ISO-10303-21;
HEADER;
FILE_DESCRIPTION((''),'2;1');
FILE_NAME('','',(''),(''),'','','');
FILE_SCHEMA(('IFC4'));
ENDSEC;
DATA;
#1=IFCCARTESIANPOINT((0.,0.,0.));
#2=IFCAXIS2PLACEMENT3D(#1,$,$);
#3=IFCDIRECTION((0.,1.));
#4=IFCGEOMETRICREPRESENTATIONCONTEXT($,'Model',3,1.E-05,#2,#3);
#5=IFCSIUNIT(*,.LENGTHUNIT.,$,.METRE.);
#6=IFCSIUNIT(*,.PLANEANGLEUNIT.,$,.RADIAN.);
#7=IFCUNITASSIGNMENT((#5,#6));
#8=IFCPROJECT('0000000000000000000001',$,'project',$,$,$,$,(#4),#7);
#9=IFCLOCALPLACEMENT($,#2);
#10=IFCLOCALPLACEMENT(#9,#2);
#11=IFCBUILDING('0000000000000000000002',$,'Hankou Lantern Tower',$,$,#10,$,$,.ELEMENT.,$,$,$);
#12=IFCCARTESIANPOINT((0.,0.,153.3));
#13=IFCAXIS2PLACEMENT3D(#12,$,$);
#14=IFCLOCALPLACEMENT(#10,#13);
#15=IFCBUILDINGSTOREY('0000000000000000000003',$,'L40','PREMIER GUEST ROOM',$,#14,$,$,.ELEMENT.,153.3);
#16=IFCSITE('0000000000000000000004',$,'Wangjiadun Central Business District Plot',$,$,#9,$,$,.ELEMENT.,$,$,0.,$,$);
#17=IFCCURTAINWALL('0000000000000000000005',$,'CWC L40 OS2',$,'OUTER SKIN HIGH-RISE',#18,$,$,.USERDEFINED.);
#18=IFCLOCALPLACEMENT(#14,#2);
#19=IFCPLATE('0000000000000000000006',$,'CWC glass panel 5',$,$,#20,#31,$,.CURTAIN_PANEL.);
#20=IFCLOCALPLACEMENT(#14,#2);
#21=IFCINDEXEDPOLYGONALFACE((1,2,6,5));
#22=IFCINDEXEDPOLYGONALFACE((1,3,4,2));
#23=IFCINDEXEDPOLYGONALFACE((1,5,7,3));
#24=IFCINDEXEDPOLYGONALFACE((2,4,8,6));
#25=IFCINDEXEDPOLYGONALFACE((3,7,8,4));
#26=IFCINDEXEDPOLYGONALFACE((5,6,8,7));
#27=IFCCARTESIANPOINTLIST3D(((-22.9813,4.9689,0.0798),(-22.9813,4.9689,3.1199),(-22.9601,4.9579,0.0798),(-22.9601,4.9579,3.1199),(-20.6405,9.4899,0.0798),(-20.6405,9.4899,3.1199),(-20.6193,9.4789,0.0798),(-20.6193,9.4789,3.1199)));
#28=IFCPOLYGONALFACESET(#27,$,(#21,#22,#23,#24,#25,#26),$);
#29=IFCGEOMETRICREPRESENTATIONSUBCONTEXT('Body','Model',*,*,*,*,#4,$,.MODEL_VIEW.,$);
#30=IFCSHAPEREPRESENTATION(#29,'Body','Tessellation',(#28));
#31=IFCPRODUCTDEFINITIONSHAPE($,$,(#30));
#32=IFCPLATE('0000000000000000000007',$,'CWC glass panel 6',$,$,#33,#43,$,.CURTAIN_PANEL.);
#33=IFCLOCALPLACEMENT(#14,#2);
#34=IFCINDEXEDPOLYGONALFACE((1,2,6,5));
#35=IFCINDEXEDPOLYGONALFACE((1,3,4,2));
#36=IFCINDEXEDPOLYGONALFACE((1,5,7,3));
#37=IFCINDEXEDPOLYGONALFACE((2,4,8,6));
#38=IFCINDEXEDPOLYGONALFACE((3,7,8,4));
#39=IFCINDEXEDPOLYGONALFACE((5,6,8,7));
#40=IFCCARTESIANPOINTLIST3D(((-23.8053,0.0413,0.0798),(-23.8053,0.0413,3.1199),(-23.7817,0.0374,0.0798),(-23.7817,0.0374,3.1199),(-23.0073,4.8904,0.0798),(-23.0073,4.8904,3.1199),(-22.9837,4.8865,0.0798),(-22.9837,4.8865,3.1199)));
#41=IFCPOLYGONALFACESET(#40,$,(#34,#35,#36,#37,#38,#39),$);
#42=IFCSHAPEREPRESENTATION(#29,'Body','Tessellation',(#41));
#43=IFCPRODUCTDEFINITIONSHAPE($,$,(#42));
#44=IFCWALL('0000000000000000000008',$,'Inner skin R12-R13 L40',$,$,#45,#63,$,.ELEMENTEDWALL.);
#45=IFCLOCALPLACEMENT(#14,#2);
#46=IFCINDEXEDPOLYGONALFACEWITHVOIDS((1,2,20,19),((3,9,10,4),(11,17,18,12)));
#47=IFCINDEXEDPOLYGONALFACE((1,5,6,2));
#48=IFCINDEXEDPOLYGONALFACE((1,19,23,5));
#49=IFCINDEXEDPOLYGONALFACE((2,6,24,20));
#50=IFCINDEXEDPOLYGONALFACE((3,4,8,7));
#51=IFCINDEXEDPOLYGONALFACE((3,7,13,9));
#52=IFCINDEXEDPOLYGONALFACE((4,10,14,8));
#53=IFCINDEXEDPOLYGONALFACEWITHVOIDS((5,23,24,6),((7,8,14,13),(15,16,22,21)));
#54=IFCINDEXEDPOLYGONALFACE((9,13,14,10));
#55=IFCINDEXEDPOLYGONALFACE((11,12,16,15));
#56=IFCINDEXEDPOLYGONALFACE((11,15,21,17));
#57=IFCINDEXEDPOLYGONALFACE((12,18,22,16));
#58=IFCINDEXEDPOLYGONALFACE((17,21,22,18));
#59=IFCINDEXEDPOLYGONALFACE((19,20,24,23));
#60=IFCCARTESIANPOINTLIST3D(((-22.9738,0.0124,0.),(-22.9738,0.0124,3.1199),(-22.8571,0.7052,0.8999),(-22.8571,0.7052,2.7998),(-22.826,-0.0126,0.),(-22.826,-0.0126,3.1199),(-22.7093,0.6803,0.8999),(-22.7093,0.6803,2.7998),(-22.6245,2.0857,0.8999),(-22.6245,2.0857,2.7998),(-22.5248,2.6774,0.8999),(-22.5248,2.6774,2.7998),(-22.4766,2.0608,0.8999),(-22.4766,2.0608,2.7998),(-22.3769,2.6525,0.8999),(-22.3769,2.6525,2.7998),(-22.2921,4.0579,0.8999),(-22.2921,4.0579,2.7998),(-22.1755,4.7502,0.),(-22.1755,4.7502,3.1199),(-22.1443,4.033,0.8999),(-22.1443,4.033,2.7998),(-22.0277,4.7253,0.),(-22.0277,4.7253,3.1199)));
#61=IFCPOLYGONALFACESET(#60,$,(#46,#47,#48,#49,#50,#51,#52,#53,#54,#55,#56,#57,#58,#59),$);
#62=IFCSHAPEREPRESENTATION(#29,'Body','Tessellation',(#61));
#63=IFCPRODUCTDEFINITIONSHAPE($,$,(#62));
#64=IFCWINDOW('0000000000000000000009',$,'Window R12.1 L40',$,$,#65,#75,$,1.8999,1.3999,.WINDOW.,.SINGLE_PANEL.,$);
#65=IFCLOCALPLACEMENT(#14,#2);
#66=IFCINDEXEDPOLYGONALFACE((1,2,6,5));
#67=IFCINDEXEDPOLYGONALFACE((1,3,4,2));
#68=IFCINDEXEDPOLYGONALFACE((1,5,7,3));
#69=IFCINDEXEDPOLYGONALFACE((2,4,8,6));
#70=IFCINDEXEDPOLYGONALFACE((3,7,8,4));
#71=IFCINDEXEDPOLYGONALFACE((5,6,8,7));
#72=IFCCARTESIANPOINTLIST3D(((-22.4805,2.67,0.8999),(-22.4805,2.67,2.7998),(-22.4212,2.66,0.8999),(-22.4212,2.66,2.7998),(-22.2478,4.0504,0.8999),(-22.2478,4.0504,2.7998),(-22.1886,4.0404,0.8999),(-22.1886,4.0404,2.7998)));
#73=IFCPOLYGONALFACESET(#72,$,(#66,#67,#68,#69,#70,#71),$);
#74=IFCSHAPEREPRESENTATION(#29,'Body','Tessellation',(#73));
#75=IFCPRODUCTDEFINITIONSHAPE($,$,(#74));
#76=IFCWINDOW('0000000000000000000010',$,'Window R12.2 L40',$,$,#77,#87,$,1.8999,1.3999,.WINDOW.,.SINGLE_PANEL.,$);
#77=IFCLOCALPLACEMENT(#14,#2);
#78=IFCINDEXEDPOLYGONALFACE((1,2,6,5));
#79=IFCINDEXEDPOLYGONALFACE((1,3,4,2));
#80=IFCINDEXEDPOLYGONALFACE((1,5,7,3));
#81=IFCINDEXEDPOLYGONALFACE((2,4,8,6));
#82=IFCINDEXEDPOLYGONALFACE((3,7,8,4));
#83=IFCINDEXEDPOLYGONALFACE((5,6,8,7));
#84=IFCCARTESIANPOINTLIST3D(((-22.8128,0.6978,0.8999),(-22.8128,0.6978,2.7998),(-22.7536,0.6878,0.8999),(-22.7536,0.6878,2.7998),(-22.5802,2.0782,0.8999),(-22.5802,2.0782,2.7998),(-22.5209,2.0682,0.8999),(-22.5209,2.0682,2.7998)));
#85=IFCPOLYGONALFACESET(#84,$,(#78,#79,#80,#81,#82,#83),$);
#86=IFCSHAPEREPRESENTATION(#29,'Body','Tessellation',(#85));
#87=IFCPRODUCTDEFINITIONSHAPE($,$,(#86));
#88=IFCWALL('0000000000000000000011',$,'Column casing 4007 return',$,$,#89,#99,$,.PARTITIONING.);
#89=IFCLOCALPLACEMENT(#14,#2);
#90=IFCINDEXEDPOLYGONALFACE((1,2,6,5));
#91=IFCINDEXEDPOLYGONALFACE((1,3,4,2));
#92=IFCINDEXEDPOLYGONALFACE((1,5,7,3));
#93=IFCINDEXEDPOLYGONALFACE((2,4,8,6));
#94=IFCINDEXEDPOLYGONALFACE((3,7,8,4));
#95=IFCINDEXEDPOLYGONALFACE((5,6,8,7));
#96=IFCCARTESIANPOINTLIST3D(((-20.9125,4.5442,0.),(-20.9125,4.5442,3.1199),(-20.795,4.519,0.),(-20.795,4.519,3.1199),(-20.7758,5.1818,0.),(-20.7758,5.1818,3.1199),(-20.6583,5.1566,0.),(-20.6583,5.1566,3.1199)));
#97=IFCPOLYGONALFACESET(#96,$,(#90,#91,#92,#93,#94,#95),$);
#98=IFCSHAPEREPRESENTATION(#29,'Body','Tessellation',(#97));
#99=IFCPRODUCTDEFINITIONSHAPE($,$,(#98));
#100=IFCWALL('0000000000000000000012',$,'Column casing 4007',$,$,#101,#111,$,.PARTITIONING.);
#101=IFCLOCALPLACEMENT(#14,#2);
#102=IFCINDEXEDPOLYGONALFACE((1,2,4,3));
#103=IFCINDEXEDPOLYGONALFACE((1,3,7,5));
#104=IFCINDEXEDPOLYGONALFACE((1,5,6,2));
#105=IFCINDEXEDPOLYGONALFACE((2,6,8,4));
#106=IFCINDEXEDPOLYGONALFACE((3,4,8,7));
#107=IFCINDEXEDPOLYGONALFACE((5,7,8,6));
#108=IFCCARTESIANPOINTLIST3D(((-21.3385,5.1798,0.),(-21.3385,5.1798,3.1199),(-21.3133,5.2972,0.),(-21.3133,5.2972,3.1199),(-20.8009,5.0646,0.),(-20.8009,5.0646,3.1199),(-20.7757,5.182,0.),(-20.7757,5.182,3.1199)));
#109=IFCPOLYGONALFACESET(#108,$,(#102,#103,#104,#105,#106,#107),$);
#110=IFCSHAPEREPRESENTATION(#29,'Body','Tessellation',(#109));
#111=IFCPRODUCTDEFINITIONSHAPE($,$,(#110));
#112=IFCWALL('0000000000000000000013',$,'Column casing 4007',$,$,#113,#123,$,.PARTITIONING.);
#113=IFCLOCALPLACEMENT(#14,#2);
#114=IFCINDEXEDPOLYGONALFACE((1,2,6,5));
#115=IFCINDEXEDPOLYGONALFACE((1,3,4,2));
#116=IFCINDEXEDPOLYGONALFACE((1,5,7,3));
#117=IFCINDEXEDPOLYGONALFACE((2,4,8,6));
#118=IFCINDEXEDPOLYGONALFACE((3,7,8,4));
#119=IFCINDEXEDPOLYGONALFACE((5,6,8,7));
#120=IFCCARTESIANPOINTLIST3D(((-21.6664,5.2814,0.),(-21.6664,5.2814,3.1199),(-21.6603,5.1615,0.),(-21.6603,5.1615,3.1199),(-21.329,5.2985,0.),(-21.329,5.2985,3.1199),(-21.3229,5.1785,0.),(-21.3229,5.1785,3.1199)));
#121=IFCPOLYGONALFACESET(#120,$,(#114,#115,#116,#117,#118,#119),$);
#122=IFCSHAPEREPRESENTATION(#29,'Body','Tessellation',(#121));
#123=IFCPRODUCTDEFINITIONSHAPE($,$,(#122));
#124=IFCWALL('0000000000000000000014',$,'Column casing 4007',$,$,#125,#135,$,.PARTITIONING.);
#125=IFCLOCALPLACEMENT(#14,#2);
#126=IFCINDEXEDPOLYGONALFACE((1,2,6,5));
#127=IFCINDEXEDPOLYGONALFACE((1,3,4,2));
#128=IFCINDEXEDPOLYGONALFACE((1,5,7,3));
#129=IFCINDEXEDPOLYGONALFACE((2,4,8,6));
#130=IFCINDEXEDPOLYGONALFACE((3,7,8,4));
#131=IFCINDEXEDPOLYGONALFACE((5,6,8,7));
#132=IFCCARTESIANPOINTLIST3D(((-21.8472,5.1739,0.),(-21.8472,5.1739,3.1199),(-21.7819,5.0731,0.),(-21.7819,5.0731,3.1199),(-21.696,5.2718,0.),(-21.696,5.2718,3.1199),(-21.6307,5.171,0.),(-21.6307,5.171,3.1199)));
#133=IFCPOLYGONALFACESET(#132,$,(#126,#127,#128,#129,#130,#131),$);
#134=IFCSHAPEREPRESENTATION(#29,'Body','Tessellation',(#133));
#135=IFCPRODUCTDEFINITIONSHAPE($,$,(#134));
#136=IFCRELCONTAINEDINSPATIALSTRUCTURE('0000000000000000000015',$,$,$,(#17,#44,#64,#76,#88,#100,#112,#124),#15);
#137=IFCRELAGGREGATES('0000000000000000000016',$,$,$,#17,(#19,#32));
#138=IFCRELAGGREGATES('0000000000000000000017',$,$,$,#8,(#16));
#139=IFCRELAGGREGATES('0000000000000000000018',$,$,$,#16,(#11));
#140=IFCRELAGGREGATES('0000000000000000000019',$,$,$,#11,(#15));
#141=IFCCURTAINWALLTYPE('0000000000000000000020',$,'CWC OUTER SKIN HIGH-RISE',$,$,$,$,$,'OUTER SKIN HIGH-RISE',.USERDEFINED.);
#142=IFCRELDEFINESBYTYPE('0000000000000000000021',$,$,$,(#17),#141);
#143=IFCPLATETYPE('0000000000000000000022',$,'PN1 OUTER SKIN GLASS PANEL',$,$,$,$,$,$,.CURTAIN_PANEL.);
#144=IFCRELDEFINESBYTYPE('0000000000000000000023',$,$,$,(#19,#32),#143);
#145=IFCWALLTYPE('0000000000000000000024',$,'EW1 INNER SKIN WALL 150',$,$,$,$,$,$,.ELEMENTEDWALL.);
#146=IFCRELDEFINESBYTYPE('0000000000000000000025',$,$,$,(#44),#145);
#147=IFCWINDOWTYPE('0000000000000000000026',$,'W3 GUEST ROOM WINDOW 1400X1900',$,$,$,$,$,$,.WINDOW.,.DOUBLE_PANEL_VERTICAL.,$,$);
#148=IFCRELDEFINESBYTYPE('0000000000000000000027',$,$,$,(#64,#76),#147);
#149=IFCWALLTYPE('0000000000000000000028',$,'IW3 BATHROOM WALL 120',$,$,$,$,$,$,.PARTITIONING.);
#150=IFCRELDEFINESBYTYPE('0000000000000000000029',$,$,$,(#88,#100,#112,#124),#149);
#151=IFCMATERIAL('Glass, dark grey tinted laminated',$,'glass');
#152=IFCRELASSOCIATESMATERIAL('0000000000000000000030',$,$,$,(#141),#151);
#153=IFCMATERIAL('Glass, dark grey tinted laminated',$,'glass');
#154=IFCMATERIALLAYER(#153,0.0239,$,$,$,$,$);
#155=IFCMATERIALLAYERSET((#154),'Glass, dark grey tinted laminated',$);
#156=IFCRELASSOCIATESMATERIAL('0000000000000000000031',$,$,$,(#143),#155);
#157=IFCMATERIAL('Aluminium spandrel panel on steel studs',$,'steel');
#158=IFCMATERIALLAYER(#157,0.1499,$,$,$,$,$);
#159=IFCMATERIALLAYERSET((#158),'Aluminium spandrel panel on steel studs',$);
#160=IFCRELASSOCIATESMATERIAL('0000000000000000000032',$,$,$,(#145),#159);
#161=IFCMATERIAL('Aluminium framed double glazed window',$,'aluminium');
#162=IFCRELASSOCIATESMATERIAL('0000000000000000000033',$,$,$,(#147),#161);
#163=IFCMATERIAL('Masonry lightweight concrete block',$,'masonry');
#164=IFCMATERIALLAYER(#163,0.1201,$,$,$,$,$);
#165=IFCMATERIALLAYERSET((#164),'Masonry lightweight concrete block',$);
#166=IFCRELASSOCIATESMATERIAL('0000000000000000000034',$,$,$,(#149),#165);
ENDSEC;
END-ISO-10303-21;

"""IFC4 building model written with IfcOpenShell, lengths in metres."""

from ifc_helpers import new_model, si_unit, direction, frame, frame_2d, origin, origin_2d, place, context, subcontext, project, spatial, rectangle, extrude, material, layer, layer_set, type_object, element, fill, aggregate, save


model = new_model("IFC4")

# Units and contexts
model_context = context("Model", 3, precision=1e-05, world=origin(), true_north=direction((0.0, 1.0)))
body_context = subcontext(model_context, "Body", "Model", "MODEL_VIEW")
ifc_project = project(units=[si_unit("LENGTHUNIT", "METRE"), si_unit("PLANEANGLEUNIT", "RADIAN")], contexts=[model_context])

# Site, building, storey
site_placement = place(None, origin())
site = spatial("IfcSite", under=ifc_project, at=site_placement, Name="Wangjiadun Central Business District Plot", CompositionType="ELEMENT", RefElevation=0.0)
building_placement = place(site_placement, origin())
building = spatial("IfcBuilding", under=site, at=building_placement, Name="Hankou Lantern Tower", CompositionType="ELEMENT")
storey_placement = place(building_placement, frame((0.0, 0.0, 153.3)))
storey = spatial("IfcBuildingStorey", under=building, at=storey_placement, Name="L40", Description="PREMIER GUEST ROOM", CompositionType="ELEMENT", Elevation=153.3)

# Curtain wall
ifc_material_1 = material(Name="Glass, dark grey tinted laminated", Category="glass")
curtain_wall_type = type_object("IfcCurtainWallType", Name="CWC OUTER SKIN HIGH-RISE", ElementType="OUTER SKIN HIGH-RISE", PredefinedType="USERDEFINED", material=ifc_material_1)
curtain_wall_placement = place(storey_placement, origin())
curtain_wall = element("IfcCurtainWall", 1, at=curtain_wall_placement, inside=storey, type_object=curtain_wall_type, Name="CWC L40 OS2", ObjectType="OUTER SKIN HIGH-RISE", PredefinedType="USERDEFINED")

# Plates
ifc_material_2 = material(Name="Glass, dark grey tinted laminated", Category="glass")
ifc_layer_1 = layer(ifc_material_2, 0.0239)
ifc_layer_set_1 = layer_set([ifc_layer_1], Name="Glass, dark grey tinted laminated")
plate_type = type_object("IfcPlateType", Name="PN1 OUTER SKIN GLASS PANEL", PredefinedType="CURTAIN_PANEL", material=ifc_layer_set_1)
plate_1_placement = place(storey_placement, frame((-21.8003, 7.2239, 0.0798), z_axis=(0.0, 0.0, 1.0), x_axis=(-0.459791, -0.888027, 0.0)))
plate_1 = element("IfcPlate", 2, at=plate_1_placement, type_object=plate_type, Name="CWC glass panel 5", PredefinedType="CURTAIN_PANEL", context=body_context, shape_type="SweptSolid", body=[
    extrude(rectangle(XDim=5.0911, YDim=0.0239, at=origin_2d()), origin(), (0.0, 0.0, 1.0), 3.04),
])
plate_2_placement = place(storey_placement, frame((-23.3945, 2.4639, 0.0798), z_axis=(0.0, 0.0, 1.0), x_axis=(-0.162382, -0.986728, 0.0)))
plate_2 = element("IfcPlate", 3, at=plate_2_placement, type_object=plate_type, Name="CWC glass panel 6", PredefinedType="CURTAIN_PANEL", context=body_context, shape_type="SweptSolid", body=[
    extrude(rectangle(XDim=4.9143, YDim=0.0239, at=origin_2d()), origin(), (0.0, 0.0, 1.0), 3.04),
])
aggregate(curtain_wall, [plate_1, plate_2])

# Wall, openings, windows
ifc_material_3 = material(Name="Aluminium spandrel panel on steel studs", Category="steel")
ifc_layer_2 = layer(ifc_material_3, 0.1499)
ifc_layer_set_2 = layer_set([ifc_layer_2], Name="Aluminium spandrel panel on steel studs")
wall_type_1 = type_object("IfcWallType", Name="EW1 INNER SKIN WALL 150", PredefinedType="ELEMENTEDWALL", material=ifc_layer_set_2)
wall_1_placement = place(storey_placement, frame((-22.1016, 4.7378, 0.0), z_axis=(0.0, 0.0, 1.0), x_axis=(-0.166162, -0.986098, 0.0)))
wall_1 = element("IfcWall", 4, at=wall_1_placement, inside=storey, type_object=wall_type_1, Name="Inner skin R12-R13 L40", PredefinedType="ELEMENTEDWALL", context=body_context, shape_type="SweptSolid", body=[
    extrude(rectangle(XDim=4.8047, YDim=0.1499, at=frame_2d((2.4023, 0.0))), origin(), (0.0, 0.0, 1.0), 3.1199),
])
opening_1_placement = place(wall_1_placement, frame((0.7021, 0.0, 0.8999)))
opening_1 = element("IfcOpeningElement", 5, at=opening_1_placement, cuts=wall_1, PredefinedType="OPENING", context=body_context, shape_type="SweptSolid", body=[
    extrude(rectangle(XDim=1.3999, YDim=1.8999, at=frame_2d((0.7, 0.95))), frame((0.0, 0.085, 0.0), z_axis=(0.0, -1.0, 0.0), x_axis=(1.0, 0.0, 0.0)), (0.0, 0.0, 1.0), 0.1699),
])
opening_2_placement = place(wall_1_placement, frame((2.7021, 0.0, 0.8999)))
opening_2 = element("IfcOpeningElement", 6, at=opening_2_placement, cuts=wall_1, PredefinedType="OPENING", context=body_context, shape_type="SweptSolid", body=[
    extrude(rectangle(XDim=1.3999, YDim=1.8999, at=frame_2d((0.7, 0.95))), frame((0.0, 0.085, 0.0), z_axis=(0.0, -1.0, 0.0), x_axis=(1.0, 0.0, 0.0)), (0.0, 0.0, 1.0), 0.1699),
])
ifc_material_4 = material(Name="Aluminium framed double glazed window", Category="aluminium")
window_type = type_object("IfcWindowType", Name="W3 GUEST ROOM WINDOW 1400X1900", PartitioningType="DOUBLE_PANEL_VERTICAL", PredefinedType="WINDOW", material=ifc_material_4)
window_1_placement = place(opening_1_placement, origin())
window_1 = element("IfcWindow", 7, at=window_1_placement, inside=storey, type_object=window_type, Name="Window R12.1 L40", OverallHeight=1.8999, OverallWidth=1.3999, PartitioningType="SINGLE_PANEL", PredefinedType="WINDOW", context=body_context, shape_type="SweptSolid", body=[
    extrude(rectangle(XDim=1.3999, YDim=1.8999, at=frame_2d((0.7, 0.95))), frame((0.0, 0.03, 0.0), z_axis=(0.0, -1.0, 0.0), x_axis=(1.0, 0.0, 0.0)), (0.0, 0.0, 1.0), 0.0601),
])
fill(opening_1, window_1)
window_2_placement = place(opening_2_placement, origin())
window_2 = element("IfcWindow", 8, at=window_2_placement, inside=storey, type_object=window_type, Name="Window R12.2 L40", OverallHeight=1.8999, OverallWidth=1.3999, PartitioningType="SINGLE_PANEL", PredefinedType="WINDOW", context=body_context, shape_type="SweptSolid", body=[
    extrude(rectangle(XDim=1.3999, YDim=1.8999, at=frame_2d((0.7, 0.95))), frame((0.0, 0.03, 0.0), z_axis=(0.0, -1.0, 0.0), x_axis=(1.0, 0.0, 0.0)), (0.0, 0.0, 1.0), 0.0601),
])
fill(opening_2, window_2)

# Walls
ifc_material_5 = material(Name="Masonry lightweight concrete block", Category="masonry")
ifc_layer_3 = layer(ifc_material_5, 0.1201)
ifc_layer_set_3 = layer_set([ifc_layer_3], Name="Masonry lightweight concrete block")
wall_type_2 = type_object("IfcWallType", Name="IW3 BATHROOM WALL 120", PredefinedType="PARTITIONING", material=ifc_layer_set_3)
wall_2_placement = place(storey_placement, frame((-20.8538, 4.5315, 0.0), z_axis=(0.0, 0.0, 1.0), x_axis=(0.209631, 0.97778, 0.0)))
element("IfcWall", 9, at=wall_2_placement, inside=storey, type_object=wall_type_2, Name="Column casing 4007 return", PredefinedType="PARTITIONING", context=body_context, shape_type="SweptSolid", body=[
    extrude(rectangle(XDim=0.6521, YDim=0.1201, at=frame_2d((0.3262, 0.0))), origin(), (0.0, 0.0, 1.0), 3.1199),
])
wall_3_placement = place(storey_placement, frame((-20.7883, 5.1233, 0.0), z_axis=(0.0, 0.0, 1.0), x_axis=(-0.977789, 0.20959, 0.0)))
element("IfcWall", 10, at=wall_3_placement, inside=storey, type_object=wall_type_2, Name="Column casing 4007", PredefinedType="PARTITIONING", context=body_context, shape_type="SweptSolid", body=[
    extrude(rectangle(XDim=0.5498, YDim=0.1201, at=frame_2d((0.2749, 0.0))), origin(), (0.0, 0.0, 1.0), 3.1199),
])
wall_4_placement = place(storey_placement, frame((-21.3259, 5.2385, 0.0), z_axis=(0.0, 0.0, 1.0), x_axis=(-0.99872, -0.050586, 0.0)))
element("IfcWall", 11, at=wall_4_placement, inside=storey, type_object=wall_type_2, Name="Column casing 4007", PredefinedType="PARTITIONING", context=body_context, shape_type="SweptSolid", body=[
    extrude(rectangle(XDim=0.3379, YDim=0.1201, at=frame_2d((0.1689, 0.0))), origin(), (0.0, 0.0, 1.0), 3.1199),
])
wall_5_placement = place(storey_placement, frame((-21.6633, 5.2214, 0.0), z_axis=(0.0, 0.0, 1.0), x_axis=(-0.839279, -0.543701, 0.0)))
element("IfcWall", 12, at=wall_5_placement, inside=storey, type_object=wall_type_2, Name="Column casing 4007", PredefinedType="PARTITIONING", context=body_context, shape_type="SweptSolid", body=[
    extrude(rectangle(XDim=0.1802, YDim=0.1201, at=frame_2d((0.0901, 0.0))), origin(), (0.0, 0.0, 1.0), 3.1199),
])

save(model, "model.ifc")
